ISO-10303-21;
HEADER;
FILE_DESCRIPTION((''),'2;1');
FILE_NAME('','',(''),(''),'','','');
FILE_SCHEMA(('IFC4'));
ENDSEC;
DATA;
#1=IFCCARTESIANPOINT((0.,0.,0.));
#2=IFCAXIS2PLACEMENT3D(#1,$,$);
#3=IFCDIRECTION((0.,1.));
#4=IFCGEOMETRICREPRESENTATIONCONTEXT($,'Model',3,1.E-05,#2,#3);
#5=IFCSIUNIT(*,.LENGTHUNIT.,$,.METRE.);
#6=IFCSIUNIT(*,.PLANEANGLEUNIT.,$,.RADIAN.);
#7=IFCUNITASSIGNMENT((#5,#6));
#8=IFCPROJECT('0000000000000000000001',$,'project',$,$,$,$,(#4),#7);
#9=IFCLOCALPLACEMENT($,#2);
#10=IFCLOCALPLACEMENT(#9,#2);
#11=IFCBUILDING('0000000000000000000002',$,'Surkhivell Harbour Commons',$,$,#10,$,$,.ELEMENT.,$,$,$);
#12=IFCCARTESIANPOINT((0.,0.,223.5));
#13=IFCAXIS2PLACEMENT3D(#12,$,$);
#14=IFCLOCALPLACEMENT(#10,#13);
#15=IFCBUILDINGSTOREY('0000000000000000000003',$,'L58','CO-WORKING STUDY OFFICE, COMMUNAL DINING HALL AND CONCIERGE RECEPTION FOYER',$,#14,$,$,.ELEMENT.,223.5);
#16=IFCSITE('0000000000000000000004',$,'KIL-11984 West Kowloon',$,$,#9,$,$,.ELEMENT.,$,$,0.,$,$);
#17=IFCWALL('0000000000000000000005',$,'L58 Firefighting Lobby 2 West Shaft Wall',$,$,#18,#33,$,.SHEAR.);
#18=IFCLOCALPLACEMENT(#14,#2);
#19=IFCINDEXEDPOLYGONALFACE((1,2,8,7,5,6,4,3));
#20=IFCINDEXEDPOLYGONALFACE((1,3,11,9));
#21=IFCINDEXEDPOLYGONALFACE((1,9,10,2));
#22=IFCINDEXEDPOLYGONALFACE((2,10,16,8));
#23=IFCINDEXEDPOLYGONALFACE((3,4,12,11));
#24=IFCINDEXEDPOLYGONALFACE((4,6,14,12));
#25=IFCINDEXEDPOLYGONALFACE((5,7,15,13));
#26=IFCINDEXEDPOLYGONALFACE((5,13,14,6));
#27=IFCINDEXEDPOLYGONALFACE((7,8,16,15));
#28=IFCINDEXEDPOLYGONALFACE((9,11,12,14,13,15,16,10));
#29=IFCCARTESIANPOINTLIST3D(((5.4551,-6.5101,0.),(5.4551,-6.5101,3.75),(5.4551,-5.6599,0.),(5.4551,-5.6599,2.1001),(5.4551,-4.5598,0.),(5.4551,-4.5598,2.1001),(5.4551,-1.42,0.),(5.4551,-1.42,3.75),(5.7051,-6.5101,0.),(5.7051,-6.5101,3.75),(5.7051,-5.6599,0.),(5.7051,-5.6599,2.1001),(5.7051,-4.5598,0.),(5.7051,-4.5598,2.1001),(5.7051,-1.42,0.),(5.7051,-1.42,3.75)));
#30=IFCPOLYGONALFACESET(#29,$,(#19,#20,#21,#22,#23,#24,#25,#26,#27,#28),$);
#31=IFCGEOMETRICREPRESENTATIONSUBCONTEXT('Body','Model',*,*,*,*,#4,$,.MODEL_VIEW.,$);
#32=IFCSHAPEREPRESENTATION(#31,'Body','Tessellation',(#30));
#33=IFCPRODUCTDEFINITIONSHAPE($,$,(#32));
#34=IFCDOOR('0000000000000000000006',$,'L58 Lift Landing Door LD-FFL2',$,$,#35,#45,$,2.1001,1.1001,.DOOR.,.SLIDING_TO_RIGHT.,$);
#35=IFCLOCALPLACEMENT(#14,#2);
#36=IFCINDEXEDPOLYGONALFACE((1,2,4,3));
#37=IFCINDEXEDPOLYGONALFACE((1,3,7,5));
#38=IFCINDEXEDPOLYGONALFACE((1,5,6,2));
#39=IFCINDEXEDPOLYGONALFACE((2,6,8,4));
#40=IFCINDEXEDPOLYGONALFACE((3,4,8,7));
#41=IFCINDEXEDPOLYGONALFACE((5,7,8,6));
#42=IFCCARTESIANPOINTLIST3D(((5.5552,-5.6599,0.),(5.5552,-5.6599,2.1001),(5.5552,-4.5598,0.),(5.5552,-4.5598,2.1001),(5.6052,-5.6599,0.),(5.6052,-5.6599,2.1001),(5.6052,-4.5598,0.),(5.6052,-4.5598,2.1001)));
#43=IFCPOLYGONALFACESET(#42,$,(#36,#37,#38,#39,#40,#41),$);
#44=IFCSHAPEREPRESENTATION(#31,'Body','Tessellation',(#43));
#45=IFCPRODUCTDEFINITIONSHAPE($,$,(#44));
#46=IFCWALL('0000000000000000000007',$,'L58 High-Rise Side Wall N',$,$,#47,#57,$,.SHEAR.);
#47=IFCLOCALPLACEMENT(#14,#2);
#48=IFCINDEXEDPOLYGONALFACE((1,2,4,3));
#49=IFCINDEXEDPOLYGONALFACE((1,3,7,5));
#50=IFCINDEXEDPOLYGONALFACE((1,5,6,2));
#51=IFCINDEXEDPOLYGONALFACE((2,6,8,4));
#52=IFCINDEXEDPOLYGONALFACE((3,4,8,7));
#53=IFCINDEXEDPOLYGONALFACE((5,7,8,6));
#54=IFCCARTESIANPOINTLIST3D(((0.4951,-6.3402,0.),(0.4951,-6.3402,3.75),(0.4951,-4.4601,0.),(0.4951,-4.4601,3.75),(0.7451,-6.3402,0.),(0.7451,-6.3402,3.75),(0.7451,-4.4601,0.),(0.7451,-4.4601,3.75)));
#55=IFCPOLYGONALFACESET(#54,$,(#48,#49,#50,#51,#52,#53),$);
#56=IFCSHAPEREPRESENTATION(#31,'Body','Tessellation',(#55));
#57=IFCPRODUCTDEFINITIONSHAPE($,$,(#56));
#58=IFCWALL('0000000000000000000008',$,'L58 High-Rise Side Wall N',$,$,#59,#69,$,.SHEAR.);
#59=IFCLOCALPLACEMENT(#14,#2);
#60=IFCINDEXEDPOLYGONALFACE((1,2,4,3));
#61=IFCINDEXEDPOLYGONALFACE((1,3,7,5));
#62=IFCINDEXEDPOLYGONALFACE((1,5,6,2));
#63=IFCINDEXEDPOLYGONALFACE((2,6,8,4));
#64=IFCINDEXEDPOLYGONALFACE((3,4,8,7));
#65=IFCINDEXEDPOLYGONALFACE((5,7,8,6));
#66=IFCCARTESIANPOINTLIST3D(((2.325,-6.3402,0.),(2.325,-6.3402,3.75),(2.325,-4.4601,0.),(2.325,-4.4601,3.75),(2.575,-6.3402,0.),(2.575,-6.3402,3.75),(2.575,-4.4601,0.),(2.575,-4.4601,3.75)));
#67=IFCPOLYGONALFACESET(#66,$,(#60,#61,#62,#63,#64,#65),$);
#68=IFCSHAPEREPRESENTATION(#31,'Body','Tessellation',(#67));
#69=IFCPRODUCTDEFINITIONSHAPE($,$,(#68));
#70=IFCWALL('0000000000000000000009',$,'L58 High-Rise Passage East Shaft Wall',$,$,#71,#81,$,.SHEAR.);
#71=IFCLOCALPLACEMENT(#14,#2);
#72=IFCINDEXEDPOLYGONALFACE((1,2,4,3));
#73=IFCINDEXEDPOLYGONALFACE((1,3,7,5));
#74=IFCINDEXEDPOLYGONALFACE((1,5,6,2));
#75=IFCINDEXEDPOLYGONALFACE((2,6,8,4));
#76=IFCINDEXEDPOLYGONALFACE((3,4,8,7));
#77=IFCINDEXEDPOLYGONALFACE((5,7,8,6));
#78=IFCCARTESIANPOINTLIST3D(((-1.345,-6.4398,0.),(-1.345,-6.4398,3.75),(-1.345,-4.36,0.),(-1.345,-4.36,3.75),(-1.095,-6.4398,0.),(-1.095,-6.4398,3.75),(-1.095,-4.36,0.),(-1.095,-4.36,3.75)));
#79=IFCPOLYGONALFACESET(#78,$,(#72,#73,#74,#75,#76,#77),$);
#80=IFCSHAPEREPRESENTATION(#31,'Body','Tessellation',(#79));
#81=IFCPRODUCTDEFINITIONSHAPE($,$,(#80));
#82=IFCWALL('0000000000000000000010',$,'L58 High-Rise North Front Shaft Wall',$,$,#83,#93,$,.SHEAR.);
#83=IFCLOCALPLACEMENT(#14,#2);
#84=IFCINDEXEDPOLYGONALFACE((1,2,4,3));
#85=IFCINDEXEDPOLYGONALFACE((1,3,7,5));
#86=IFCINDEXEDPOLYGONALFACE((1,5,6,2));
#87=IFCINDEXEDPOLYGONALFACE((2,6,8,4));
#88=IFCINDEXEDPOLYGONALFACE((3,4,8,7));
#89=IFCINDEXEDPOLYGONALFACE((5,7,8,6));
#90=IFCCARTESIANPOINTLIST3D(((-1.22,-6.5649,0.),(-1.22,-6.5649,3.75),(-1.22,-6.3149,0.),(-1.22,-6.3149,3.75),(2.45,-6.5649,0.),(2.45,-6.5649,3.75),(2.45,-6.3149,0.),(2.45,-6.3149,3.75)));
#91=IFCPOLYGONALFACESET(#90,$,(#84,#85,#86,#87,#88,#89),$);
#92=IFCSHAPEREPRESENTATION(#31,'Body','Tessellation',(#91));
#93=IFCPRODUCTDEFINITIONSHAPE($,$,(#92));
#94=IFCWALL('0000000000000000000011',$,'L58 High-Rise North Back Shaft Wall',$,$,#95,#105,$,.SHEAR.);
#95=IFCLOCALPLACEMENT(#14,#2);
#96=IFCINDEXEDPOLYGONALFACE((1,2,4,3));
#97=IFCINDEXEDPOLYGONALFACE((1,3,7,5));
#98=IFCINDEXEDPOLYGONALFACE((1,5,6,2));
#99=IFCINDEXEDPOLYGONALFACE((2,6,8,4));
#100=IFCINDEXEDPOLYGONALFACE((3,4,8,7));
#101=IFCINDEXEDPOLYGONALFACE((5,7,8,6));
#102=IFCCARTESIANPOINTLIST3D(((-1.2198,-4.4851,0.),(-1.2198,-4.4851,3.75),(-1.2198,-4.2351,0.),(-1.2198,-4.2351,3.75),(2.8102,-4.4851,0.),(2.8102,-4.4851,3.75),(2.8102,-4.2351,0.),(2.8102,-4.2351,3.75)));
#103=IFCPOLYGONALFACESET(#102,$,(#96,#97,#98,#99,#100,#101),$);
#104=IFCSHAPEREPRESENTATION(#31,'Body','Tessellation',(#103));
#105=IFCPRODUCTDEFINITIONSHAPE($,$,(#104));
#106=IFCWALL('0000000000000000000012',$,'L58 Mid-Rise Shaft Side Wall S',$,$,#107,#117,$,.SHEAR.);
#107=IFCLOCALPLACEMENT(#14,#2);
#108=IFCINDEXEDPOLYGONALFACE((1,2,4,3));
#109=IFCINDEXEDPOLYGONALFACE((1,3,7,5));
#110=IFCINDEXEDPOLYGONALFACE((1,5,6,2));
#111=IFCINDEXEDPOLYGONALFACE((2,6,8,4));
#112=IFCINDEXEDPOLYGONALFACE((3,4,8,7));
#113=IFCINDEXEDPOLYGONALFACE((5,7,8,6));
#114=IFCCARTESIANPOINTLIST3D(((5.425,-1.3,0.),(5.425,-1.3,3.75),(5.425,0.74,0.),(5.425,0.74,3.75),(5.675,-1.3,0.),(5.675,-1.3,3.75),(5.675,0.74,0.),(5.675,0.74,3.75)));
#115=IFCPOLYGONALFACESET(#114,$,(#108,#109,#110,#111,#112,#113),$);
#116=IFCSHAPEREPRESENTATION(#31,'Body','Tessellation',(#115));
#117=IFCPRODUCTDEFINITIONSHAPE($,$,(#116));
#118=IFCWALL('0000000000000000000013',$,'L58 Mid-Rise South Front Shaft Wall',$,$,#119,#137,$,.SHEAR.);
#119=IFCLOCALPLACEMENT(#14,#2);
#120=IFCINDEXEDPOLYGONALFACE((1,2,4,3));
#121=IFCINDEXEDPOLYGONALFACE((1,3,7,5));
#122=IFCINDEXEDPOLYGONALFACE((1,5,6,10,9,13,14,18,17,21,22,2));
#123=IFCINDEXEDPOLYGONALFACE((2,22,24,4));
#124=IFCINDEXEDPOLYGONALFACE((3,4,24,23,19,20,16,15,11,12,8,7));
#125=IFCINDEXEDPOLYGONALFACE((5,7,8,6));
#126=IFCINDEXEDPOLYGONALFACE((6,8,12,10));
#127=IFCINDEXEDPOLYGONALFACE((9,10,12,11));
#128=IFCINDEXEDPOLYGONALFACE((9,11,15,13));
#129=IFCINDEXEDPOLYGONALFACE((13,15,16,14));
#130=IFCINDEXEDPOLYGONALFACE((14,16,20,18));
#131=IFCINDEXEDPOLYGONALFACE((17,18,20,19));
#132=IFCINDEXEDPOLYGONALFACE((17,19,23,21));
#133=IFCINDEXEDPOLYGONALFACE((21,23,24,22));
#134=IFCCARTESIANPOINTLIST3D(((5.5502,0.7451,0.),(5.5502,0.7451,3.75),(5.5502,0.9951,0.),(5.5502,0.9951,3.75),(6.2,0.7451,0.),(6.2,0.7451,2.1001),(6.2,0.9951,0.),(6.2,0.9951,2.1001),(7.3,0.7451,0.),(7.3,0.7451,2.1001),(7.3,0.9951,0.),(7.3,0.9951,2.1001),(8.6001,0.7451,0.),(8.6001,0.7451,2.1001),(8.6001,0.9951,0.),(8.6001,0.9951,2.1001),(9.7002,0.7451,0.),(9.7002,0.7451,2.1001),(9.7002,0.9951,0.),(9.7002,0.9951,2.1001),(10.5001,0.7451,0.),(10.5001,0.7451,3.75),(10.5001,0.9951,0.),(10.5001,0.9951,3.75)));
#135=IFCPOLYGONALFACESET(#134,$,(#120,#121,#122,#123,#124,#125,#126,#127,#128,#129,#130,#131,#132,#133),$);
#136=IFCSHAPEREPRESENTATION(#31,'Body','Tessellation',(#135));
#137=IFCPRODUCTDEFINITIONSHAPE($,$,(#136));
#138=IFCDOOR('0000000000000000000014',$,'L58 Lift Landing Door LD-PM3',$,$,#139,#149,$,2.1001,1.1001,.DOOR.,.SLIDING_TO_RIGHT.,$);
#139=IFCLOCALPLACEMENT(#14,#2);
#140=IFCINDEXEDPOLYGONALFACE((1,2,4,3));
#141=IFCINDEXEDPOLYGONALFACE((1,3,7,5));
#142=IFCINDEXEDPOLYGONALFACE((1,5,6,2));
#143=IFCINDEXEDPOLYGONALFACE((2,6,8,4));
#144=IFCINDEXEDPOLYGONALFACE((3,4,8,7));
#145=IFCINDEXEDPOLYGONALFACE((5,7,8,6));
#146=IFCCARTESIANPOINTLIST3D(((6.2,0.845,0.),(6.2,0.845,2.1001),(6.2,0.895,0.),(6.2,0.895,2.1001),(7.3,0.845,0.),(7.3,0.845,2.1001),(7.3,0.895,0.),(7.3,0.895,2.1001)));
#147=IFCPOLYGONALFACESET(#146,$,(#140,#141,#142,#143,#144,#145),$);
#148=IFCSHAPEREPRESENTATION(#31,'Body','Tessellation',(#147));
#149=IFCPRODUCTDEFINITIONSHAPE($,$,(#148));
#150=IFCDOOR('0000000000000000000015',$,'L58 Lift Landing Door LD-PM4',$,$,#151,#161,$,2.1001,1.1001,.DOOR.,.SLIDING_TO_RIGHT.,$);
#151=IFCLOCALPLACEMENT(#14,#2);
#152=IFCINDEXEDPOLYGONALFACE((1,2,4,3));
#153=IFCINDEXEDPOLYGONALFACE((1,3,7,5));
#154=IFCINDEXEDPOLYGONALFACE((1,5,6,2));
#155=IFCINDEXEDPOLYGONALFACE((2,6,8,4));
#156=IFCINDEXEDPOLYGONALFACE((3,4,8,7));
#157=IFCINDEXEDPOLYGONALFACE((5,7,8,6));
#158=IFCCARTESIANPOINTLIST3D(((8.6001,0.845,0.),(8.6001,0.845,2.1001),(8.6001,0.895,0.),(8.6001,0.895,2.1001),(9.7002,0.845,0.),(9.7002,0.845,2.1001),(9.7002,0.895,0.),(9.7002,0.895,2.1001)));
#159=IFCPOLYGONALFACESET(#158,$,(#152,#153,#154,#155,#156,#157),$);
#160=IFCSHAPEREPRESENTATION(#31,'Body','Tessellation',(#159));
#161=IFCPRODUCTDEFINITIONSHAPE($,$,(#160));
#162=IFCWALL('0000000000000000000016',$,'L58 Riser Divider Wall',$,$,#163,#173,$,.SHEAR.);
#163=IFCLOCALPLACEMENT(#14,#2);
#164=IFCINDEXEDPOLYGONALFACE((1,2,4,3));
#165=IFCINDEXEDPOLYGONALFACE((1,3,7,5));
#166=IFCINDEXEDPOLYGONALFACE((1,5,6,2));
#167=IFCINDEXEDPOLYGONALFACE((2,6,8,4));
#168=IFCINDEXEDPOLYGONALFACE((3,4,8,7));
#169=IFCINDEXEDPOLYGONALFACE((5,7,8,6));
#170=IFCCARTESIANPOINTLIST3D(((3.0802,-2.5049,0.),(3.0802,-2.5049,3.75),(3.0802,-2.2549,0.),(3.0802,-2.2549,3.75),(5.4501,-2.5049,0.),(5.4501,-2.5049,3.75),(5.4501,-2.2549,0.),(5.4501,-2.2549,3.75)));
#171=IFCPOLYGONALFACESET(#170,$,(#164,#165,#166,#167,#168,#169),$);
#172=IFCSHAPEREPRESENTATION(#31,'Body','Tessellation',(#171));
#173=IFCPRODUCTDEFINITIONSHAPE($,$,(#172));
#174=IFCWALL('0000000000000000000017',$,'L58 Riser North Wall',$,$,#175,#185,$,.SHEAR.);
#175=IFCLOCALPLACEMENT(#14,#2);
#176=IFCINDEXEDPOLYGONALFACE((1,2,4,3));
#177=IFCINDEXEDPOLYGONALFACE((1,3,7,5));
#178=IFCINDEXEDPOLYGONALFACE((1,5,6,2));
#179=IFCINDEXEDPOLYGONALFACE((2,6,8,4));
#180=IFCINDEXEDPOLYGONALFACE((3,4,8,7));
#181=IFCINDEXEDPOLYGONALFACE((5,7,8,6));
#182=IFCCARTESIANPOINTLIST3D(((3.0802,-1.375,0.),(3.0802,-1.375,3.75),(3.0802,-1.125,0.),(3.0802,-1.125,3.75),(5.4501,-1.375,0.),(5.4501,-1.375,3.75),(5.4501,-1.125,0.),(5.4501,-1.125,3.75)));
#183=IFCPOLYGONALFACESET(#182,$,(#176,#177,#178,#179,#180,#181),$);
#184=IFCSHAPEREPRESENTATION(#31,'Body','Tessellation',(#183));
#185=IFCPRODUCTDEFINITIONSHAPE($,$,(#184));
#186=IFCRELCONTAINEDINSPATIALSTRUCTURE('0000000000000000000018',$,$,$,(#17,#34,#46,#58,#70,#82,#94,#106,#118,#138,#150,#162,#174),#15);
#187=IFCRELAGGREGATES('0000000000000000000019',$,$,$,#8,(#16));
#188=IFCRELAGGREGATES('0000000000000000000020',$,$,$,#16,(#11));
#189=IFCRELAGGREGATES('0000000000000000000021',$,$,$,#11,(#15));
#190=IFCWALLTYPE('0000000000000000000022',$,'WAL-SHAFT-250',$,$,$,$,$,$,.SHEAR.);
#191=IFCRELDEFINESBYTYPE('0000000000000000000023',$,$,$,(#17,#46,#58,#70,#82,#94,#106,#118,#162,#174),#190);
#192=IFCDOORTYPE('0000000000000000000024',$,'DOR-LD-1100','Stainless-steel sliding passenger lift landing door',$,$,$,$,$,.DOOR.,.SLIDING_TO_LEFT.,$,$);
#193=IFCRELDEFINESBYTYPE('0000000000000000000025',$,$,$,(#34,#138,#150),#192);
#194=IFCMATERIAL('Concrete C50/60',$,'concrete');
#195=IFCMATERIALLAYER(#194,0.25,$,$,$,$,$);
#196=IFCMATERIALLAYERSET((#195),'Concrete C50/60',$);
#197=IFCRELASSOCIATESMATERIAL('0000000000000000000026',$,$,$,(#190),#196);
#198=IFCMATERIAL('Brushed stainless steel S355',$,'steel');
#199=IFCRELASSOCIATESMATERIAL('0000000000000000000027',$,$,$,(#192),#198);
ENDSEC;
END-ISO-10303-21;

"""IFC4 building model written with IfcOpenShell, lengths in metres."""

from ifc_helpers import new_model, si_unit, direction, frame, frame_2d, origin, place, context, subcontext, project, spatial, rectangle, extrude, material, layer, layer_set, type_object, element, fill, save


model = new_model("IFC4")

# Units and contexts
model_context = context("Model", 3, precision=1e-05, world=origin(), true_north=direction((0.0, 1.0)))
body_context = subcontext(model_context, "Body", "Model", "MODEL_VIEW")
ifc_project = project(units=[si_unit("LENGTHUNIT", "METRE"), si_unit("PLANEANGLEUNIT", "RADIAN")], contexts=[model_context])

# Site, building, storey
site_placement = place(None, origin())
site = spatial("IfcSite", under=ifc_project, at=site_placement, Name="KIL-11984 West Kowloon", CompositionType="ELEMENT", RefElevation=0.0)
building_placement = place(site_placement, origin())
building = spatial("IfcBuilding", under=site, at=building_placement, Name="Surkhivell Harbour Commons", CompositionType="ELEMENT")
storey_placement = place(building_placement, frame((0.0, 0.0, 223.5)))
storey = spatial("IfcBuildingStorey", under=building, at=storey_placement, Name="L58", Description="CO-WORKING STUDY OFFICE, COMMUNAL DINING HALL AND CONCIERGE RECEPTION FOYER", CompositionType="ELEMENT", Elevation=223.5)

# Shared definitions
ifc_material_1 = material(Name="Concrete C50/60", Category="concrete")
ifc_layer_1 = layer(ifc_material_1, 0.25)
ifc_layer_set_1 = layer_set([ifc_layer_1], Name="Concrete C50/60")
wall_type = type_object("IfcWallType", Name="WAL-SHAFT-250", PredefinedType="SHEAR", material=ifc_layer_set_1)

# Wall, opening, door
wall_1_placement = place(storey_placement, frame((5.5801, -6.51, 0.0), z_axis=(0.0, 0.0, 1.0), x_axis=(0.0, 1.0, 0.0)))
wall_1 = element("IfcWall", 1, at=wall_1_placement, inside=storey, type_object=wall_type, Name="L58 Firefighting Lobby 2 West Shaft Wall", PredefinedType="SHEAR", context=body_context, shape_type="SweptSolid", body=[
    extrude(rectangle(XDim=5.0901, YDim=0.25, at=frame_2d((2.5449, 0.0))), origin(), (0.0, 0.0, 1.0), 3.75),
])
opening_1_placement = place(wall_1_placement, frame((0.8501, 0.0, 0.0)))
opening_1 = element("IfcOpeningElement", 2, at=opening_1_placement, cuts=wall_1, PredefinedType="OPENING", context=body_context, shape_type="SweptSolid", body=[
    extrude(rectangle(XDim=1.1001, YDim=2.1001, at=frame_2d((0.55, 1.05))), frame((0.0, 0.135, 0.0), z_axis=(0.0, -1.0, 0.0), x_axis=(1.0, 0.0, 0.0)), (0.0, 0.0, 1.0), 0.27),
])
ifc_material_2 = material(Name="Brushed stainless steel S355", Category="steel")
door_type_1 = type_object("IfcDoorType", Name="DOR-LD-1100", Description="Stainless-steel sliding passenger lift landing door", OperationType="SLIDING_TO_LEFT", PredefinedType="DOOR", material=ifc_material_2)
door_1_placement = place(opening_1_placement, origin())
door_1 = element("IfcDoor", 3, at=door_1_placement, inside=storey, type_object=door_type_1, Name="L58 Lift Landing Door LD-FFL2", OperationType="SLIDING_TO_RIGHT", OverallHeight=2.1001, OverallWidth=1.1001, PredefinedType="DOOR", context=body_context, shape_type="SweptSolid", body=[
    extrude(rectangle(XDim=1.1001, YDim=2.1001, at=frame_2d((0.55, 1.05))), frame((0.0, 0.0249, 0.0), z_axis=(0.0, -1.0, 0.0), x_axis=(1.0, 0.0, 0.0)), (0.0, 0.0, 1.0), 0.05),
])
fill(opening_1, door_1)

# Walls
for number, where, z_axis, x_axis, name in (
    (4, (0.6201, -6.3401, 0.0), (0.0, 0.0, 1.0), (0.0, 1.0, 0.0), "L58 High-Rise Side Wall N"),
    (5, (2.45, -6.3401, 0.0), (0.0, 0.0, 1.0), (0.0, 1.0, 0.0), "L58 High-Rise Side Wall N"),
):
    element("IfcWall", number, at=place(storey_placement, frame(where, z_axis=z_axis, x_axis=x_axis)), inside=storey, type_object=wall_type, Name=name, PredefinedType="SHEAR", context=body_context, shape_type="SweptSolid", body=[
        extrude(rectangle(XDim=1.8801, YDim=0.25, at=frame_2d((0.9399, 0.0))), origin(), (0.0, 0.0, 1.0), 3.75),
    ])
wall_2_placement = place(storey_placement, frame((-1.22, -6.4399, 0.0), z_axis=(0.0, 0.0, 1.0), x_axis=(0.0, 1.0, 0.0)))
element("IfcWall", 6, at=wall_2_placement, inside=storey, type_object=wall_type, Name="L58 High-Rise Passage East Shaft Wall", PredefinedType="SHEAR", context=body_context, shape_type="SweptSolid", body=[
    extrude(rectangle(XDim=2.0798, YDim=0.25, at=frame_2d((1.04, 0.0))), origin(), (0.0, 0.0, 1.0), 3.75),
])
wall_3_placement = place(storey_placement, frame((-1.22, -6.4399, 0.0), z_axis=(0.0, 0.0, 1.0), x_axis=(1.0, 0.0, 0.0)))
element("IfcWall", 7, at=wall_3_placement, inside=storey, type_object=wall_type, Name="L58 High-Rise North Front Shaft Wall", PredefinedType="SHEAR", context=body_context, shape_type="SweptSolid", body=[
    extrude(rectangle(XDim=3.6699, YDim=0.25, at=frame_2d((1.835, 0.0))), origin(), (0.0, 0.0, 1.0), 3.75),
])
wall_4_placement = place(storey_placement, frame((-1.22, -4.3601, 0.0), z_axis=(0.0, 0.0, 1.0), x_axis=(1.0, 0.0, 0.0)))
element("IfcWall", 8, at=wall_4_placement, inside=storey, type_object=wall_type, Name="L58 High-Rise North Back Shaft Wall", PredefinedType="SHEAR", context=body_context, shape_type="SweptSolid", body=[
    extrude(rectangle(XDim=4.03, YDim=0.25, at=frame_2d((2.0151, 0.0))), origin(), (0.0, 0.0, 1.0), 3.75),
])
wall_5_placement = place(storey_placement, frame((5.55, -1.3, 0.0), z_axis=(0.0, 0.0, 1.0), x_axis=(0.0, 1.0, 0.0)))
element("IfcWall", 9, at=wall_5_placement, inside=storey, type_object=wall_type, Name="L58 Mid-Rise Shaft Side Wall S", PredefinedType="SHEAR", context=body_context, shape_type="SweptSolid", body=[
    extrude(rectangle(XDim=2.04, YDim=0.25, at=frame_2d((1.02, 0.0))), origin(), (0.0, 0.0, 1.0), 3.75),
])

# Wall, openings, doors
wall_6_placement = place(storey_placement, frame((5.55, 0.8701, 0.0), z_axis=(0.0, 0.0, 1.0), x_axis=(1.0, 0.0, 0.0)))
wall_6 = element("IfcWall", 10, at=wall_6_placement, inside=storey, type_object=wall_type, Name="L58 Mid-Rise South Front Shaft Wall", PredefinedType="SHEAR", context=body_context, shape_type="SweptSolid", body=[
    extrude(rectangle(XDim=4.95, YDim=0.25, at=frame_2d((2.4751, 0.0))), origin(), (0.0, 0.0, 1.0), 3.75),
])
opening_2_placement = place(wall_6_placement, frame((0.6499, 0.0, 0.0)))
opening_2 = element("IfcOpeningElement", 11, at=opening_2_placement, cuts=wall_6, PredefinedType="OPENING", context=body_context, shape_type="SweptSolid", body=[
    extrude(rectangle(XDim=1.1001, YDim=2.1001, at=frame_2d((0.55, 1.05))), frame((0.0, 0.135, 0.0), z_axis=(0.0, -1.0, 0.0), x_axis=(1.0, 0.0, 0.0)), (0.0, 0.0, 1.0), 0.27),
])
opening_3_placement = place(wall_6_placement, frame((3.05, 0.0, 0.0)))
opening_3 = element("IfcOpeningElement", 12, at=opening_3_placement, cuts=wall_6, PredefinedType="OPENING", context=body_context, shape_type="SweptSolid", body=[
    extrude(rectangle(XDim=1.1001, YDim=2.1001, at=frame_2d((0.55, 1.05))), frame((0.0, 0.135, 0.0), z_axis=(0.0, -1.0, 0.0), x_axis=(1.0, 0.0, 0.0)), (0.0, 0.0, 1.0), 0.27),
])
door_2_placement = place(opening_2_placement, origin())
door_2 = element("IfcDoor", 13, at=door_2_placement, inside=storey, type_object=door_type_1, Name="L58 Lift Landing Door LD-PM3", OperationType="SLIDING_TO_RIGHT", OverallHeight=2.1001, OverallWidth=1.1001, PredefinedType="DOOR", context=body_context, shape_type="SweptSolid", body=[
    extrude(rectangle(XDim=1.1001, YDim=2.1001, at=frame_2d((0.55, 1.05))), frame((0.0, 0.0249, 0.0), z_axis=(0.0, -1.0, 0.0), x_axis=(1.0, 0.0, 0.0)), (0.0, 0.0, 1.0), 0.05),
])
fill(opening_2, door_2)
door_3_placement = place(opening_3_placement, origin())
door_3 = element("IfcDoor", 14, at=door_3_placement, inside=storey, type_object=door_type_1, Name="L58 Lift Landing Door LD-PM4", OperationType="SLIDING_TO_RIGHT", OverallHeight=2.1001, OverallWidth=1.1001, PredefinedType="DOOR", context=body_context, shape_type="SweptSolid", body=[
    extrude(rectangle(XDim=1.1001, YDim=2.1001, at=frame_2d((0.55, 1.05))), frame((0.0, 0.0249, 0.0), z_axis=(0.0, -1.0, 0.0), x_axis=(1.0, 0.0, 0.0)), (0.0, 0.0, 1.0), 0.05),
])
fill(opening_3, door_3)

# Walls
for number, where, z_axis, x_axis, name in (
    (15, (3.0801, -2.3799, 0.0), (0.0, 0.0, 1.0), (1.0, 0.0, 0.0), "L58 Riser Divider Wall"),
    (16, (3.0801, -1.25, 0.0), (0.0, 0.0, 1.0), (1.0, 0.0, 0.0), "L58 Riser North Wall"),
):
    element("IfcWall", number, at=place(storey_placement, frame(where, z_axis=z_axis, x_axis=x_axis)), inside=storey, type_object=wall_type, Name=name, PredefinedType="SHEAR", context=body_context, shape_type="SweptSolid", body=[
        extrude(rectangle(XDim=2.3699, YDim=0.25, at=frame_2d((1.1851, 0.0))), origin(), (0.0, 0.0, 1.0), 3.75),
    ])

save(model, "model.ifc")
